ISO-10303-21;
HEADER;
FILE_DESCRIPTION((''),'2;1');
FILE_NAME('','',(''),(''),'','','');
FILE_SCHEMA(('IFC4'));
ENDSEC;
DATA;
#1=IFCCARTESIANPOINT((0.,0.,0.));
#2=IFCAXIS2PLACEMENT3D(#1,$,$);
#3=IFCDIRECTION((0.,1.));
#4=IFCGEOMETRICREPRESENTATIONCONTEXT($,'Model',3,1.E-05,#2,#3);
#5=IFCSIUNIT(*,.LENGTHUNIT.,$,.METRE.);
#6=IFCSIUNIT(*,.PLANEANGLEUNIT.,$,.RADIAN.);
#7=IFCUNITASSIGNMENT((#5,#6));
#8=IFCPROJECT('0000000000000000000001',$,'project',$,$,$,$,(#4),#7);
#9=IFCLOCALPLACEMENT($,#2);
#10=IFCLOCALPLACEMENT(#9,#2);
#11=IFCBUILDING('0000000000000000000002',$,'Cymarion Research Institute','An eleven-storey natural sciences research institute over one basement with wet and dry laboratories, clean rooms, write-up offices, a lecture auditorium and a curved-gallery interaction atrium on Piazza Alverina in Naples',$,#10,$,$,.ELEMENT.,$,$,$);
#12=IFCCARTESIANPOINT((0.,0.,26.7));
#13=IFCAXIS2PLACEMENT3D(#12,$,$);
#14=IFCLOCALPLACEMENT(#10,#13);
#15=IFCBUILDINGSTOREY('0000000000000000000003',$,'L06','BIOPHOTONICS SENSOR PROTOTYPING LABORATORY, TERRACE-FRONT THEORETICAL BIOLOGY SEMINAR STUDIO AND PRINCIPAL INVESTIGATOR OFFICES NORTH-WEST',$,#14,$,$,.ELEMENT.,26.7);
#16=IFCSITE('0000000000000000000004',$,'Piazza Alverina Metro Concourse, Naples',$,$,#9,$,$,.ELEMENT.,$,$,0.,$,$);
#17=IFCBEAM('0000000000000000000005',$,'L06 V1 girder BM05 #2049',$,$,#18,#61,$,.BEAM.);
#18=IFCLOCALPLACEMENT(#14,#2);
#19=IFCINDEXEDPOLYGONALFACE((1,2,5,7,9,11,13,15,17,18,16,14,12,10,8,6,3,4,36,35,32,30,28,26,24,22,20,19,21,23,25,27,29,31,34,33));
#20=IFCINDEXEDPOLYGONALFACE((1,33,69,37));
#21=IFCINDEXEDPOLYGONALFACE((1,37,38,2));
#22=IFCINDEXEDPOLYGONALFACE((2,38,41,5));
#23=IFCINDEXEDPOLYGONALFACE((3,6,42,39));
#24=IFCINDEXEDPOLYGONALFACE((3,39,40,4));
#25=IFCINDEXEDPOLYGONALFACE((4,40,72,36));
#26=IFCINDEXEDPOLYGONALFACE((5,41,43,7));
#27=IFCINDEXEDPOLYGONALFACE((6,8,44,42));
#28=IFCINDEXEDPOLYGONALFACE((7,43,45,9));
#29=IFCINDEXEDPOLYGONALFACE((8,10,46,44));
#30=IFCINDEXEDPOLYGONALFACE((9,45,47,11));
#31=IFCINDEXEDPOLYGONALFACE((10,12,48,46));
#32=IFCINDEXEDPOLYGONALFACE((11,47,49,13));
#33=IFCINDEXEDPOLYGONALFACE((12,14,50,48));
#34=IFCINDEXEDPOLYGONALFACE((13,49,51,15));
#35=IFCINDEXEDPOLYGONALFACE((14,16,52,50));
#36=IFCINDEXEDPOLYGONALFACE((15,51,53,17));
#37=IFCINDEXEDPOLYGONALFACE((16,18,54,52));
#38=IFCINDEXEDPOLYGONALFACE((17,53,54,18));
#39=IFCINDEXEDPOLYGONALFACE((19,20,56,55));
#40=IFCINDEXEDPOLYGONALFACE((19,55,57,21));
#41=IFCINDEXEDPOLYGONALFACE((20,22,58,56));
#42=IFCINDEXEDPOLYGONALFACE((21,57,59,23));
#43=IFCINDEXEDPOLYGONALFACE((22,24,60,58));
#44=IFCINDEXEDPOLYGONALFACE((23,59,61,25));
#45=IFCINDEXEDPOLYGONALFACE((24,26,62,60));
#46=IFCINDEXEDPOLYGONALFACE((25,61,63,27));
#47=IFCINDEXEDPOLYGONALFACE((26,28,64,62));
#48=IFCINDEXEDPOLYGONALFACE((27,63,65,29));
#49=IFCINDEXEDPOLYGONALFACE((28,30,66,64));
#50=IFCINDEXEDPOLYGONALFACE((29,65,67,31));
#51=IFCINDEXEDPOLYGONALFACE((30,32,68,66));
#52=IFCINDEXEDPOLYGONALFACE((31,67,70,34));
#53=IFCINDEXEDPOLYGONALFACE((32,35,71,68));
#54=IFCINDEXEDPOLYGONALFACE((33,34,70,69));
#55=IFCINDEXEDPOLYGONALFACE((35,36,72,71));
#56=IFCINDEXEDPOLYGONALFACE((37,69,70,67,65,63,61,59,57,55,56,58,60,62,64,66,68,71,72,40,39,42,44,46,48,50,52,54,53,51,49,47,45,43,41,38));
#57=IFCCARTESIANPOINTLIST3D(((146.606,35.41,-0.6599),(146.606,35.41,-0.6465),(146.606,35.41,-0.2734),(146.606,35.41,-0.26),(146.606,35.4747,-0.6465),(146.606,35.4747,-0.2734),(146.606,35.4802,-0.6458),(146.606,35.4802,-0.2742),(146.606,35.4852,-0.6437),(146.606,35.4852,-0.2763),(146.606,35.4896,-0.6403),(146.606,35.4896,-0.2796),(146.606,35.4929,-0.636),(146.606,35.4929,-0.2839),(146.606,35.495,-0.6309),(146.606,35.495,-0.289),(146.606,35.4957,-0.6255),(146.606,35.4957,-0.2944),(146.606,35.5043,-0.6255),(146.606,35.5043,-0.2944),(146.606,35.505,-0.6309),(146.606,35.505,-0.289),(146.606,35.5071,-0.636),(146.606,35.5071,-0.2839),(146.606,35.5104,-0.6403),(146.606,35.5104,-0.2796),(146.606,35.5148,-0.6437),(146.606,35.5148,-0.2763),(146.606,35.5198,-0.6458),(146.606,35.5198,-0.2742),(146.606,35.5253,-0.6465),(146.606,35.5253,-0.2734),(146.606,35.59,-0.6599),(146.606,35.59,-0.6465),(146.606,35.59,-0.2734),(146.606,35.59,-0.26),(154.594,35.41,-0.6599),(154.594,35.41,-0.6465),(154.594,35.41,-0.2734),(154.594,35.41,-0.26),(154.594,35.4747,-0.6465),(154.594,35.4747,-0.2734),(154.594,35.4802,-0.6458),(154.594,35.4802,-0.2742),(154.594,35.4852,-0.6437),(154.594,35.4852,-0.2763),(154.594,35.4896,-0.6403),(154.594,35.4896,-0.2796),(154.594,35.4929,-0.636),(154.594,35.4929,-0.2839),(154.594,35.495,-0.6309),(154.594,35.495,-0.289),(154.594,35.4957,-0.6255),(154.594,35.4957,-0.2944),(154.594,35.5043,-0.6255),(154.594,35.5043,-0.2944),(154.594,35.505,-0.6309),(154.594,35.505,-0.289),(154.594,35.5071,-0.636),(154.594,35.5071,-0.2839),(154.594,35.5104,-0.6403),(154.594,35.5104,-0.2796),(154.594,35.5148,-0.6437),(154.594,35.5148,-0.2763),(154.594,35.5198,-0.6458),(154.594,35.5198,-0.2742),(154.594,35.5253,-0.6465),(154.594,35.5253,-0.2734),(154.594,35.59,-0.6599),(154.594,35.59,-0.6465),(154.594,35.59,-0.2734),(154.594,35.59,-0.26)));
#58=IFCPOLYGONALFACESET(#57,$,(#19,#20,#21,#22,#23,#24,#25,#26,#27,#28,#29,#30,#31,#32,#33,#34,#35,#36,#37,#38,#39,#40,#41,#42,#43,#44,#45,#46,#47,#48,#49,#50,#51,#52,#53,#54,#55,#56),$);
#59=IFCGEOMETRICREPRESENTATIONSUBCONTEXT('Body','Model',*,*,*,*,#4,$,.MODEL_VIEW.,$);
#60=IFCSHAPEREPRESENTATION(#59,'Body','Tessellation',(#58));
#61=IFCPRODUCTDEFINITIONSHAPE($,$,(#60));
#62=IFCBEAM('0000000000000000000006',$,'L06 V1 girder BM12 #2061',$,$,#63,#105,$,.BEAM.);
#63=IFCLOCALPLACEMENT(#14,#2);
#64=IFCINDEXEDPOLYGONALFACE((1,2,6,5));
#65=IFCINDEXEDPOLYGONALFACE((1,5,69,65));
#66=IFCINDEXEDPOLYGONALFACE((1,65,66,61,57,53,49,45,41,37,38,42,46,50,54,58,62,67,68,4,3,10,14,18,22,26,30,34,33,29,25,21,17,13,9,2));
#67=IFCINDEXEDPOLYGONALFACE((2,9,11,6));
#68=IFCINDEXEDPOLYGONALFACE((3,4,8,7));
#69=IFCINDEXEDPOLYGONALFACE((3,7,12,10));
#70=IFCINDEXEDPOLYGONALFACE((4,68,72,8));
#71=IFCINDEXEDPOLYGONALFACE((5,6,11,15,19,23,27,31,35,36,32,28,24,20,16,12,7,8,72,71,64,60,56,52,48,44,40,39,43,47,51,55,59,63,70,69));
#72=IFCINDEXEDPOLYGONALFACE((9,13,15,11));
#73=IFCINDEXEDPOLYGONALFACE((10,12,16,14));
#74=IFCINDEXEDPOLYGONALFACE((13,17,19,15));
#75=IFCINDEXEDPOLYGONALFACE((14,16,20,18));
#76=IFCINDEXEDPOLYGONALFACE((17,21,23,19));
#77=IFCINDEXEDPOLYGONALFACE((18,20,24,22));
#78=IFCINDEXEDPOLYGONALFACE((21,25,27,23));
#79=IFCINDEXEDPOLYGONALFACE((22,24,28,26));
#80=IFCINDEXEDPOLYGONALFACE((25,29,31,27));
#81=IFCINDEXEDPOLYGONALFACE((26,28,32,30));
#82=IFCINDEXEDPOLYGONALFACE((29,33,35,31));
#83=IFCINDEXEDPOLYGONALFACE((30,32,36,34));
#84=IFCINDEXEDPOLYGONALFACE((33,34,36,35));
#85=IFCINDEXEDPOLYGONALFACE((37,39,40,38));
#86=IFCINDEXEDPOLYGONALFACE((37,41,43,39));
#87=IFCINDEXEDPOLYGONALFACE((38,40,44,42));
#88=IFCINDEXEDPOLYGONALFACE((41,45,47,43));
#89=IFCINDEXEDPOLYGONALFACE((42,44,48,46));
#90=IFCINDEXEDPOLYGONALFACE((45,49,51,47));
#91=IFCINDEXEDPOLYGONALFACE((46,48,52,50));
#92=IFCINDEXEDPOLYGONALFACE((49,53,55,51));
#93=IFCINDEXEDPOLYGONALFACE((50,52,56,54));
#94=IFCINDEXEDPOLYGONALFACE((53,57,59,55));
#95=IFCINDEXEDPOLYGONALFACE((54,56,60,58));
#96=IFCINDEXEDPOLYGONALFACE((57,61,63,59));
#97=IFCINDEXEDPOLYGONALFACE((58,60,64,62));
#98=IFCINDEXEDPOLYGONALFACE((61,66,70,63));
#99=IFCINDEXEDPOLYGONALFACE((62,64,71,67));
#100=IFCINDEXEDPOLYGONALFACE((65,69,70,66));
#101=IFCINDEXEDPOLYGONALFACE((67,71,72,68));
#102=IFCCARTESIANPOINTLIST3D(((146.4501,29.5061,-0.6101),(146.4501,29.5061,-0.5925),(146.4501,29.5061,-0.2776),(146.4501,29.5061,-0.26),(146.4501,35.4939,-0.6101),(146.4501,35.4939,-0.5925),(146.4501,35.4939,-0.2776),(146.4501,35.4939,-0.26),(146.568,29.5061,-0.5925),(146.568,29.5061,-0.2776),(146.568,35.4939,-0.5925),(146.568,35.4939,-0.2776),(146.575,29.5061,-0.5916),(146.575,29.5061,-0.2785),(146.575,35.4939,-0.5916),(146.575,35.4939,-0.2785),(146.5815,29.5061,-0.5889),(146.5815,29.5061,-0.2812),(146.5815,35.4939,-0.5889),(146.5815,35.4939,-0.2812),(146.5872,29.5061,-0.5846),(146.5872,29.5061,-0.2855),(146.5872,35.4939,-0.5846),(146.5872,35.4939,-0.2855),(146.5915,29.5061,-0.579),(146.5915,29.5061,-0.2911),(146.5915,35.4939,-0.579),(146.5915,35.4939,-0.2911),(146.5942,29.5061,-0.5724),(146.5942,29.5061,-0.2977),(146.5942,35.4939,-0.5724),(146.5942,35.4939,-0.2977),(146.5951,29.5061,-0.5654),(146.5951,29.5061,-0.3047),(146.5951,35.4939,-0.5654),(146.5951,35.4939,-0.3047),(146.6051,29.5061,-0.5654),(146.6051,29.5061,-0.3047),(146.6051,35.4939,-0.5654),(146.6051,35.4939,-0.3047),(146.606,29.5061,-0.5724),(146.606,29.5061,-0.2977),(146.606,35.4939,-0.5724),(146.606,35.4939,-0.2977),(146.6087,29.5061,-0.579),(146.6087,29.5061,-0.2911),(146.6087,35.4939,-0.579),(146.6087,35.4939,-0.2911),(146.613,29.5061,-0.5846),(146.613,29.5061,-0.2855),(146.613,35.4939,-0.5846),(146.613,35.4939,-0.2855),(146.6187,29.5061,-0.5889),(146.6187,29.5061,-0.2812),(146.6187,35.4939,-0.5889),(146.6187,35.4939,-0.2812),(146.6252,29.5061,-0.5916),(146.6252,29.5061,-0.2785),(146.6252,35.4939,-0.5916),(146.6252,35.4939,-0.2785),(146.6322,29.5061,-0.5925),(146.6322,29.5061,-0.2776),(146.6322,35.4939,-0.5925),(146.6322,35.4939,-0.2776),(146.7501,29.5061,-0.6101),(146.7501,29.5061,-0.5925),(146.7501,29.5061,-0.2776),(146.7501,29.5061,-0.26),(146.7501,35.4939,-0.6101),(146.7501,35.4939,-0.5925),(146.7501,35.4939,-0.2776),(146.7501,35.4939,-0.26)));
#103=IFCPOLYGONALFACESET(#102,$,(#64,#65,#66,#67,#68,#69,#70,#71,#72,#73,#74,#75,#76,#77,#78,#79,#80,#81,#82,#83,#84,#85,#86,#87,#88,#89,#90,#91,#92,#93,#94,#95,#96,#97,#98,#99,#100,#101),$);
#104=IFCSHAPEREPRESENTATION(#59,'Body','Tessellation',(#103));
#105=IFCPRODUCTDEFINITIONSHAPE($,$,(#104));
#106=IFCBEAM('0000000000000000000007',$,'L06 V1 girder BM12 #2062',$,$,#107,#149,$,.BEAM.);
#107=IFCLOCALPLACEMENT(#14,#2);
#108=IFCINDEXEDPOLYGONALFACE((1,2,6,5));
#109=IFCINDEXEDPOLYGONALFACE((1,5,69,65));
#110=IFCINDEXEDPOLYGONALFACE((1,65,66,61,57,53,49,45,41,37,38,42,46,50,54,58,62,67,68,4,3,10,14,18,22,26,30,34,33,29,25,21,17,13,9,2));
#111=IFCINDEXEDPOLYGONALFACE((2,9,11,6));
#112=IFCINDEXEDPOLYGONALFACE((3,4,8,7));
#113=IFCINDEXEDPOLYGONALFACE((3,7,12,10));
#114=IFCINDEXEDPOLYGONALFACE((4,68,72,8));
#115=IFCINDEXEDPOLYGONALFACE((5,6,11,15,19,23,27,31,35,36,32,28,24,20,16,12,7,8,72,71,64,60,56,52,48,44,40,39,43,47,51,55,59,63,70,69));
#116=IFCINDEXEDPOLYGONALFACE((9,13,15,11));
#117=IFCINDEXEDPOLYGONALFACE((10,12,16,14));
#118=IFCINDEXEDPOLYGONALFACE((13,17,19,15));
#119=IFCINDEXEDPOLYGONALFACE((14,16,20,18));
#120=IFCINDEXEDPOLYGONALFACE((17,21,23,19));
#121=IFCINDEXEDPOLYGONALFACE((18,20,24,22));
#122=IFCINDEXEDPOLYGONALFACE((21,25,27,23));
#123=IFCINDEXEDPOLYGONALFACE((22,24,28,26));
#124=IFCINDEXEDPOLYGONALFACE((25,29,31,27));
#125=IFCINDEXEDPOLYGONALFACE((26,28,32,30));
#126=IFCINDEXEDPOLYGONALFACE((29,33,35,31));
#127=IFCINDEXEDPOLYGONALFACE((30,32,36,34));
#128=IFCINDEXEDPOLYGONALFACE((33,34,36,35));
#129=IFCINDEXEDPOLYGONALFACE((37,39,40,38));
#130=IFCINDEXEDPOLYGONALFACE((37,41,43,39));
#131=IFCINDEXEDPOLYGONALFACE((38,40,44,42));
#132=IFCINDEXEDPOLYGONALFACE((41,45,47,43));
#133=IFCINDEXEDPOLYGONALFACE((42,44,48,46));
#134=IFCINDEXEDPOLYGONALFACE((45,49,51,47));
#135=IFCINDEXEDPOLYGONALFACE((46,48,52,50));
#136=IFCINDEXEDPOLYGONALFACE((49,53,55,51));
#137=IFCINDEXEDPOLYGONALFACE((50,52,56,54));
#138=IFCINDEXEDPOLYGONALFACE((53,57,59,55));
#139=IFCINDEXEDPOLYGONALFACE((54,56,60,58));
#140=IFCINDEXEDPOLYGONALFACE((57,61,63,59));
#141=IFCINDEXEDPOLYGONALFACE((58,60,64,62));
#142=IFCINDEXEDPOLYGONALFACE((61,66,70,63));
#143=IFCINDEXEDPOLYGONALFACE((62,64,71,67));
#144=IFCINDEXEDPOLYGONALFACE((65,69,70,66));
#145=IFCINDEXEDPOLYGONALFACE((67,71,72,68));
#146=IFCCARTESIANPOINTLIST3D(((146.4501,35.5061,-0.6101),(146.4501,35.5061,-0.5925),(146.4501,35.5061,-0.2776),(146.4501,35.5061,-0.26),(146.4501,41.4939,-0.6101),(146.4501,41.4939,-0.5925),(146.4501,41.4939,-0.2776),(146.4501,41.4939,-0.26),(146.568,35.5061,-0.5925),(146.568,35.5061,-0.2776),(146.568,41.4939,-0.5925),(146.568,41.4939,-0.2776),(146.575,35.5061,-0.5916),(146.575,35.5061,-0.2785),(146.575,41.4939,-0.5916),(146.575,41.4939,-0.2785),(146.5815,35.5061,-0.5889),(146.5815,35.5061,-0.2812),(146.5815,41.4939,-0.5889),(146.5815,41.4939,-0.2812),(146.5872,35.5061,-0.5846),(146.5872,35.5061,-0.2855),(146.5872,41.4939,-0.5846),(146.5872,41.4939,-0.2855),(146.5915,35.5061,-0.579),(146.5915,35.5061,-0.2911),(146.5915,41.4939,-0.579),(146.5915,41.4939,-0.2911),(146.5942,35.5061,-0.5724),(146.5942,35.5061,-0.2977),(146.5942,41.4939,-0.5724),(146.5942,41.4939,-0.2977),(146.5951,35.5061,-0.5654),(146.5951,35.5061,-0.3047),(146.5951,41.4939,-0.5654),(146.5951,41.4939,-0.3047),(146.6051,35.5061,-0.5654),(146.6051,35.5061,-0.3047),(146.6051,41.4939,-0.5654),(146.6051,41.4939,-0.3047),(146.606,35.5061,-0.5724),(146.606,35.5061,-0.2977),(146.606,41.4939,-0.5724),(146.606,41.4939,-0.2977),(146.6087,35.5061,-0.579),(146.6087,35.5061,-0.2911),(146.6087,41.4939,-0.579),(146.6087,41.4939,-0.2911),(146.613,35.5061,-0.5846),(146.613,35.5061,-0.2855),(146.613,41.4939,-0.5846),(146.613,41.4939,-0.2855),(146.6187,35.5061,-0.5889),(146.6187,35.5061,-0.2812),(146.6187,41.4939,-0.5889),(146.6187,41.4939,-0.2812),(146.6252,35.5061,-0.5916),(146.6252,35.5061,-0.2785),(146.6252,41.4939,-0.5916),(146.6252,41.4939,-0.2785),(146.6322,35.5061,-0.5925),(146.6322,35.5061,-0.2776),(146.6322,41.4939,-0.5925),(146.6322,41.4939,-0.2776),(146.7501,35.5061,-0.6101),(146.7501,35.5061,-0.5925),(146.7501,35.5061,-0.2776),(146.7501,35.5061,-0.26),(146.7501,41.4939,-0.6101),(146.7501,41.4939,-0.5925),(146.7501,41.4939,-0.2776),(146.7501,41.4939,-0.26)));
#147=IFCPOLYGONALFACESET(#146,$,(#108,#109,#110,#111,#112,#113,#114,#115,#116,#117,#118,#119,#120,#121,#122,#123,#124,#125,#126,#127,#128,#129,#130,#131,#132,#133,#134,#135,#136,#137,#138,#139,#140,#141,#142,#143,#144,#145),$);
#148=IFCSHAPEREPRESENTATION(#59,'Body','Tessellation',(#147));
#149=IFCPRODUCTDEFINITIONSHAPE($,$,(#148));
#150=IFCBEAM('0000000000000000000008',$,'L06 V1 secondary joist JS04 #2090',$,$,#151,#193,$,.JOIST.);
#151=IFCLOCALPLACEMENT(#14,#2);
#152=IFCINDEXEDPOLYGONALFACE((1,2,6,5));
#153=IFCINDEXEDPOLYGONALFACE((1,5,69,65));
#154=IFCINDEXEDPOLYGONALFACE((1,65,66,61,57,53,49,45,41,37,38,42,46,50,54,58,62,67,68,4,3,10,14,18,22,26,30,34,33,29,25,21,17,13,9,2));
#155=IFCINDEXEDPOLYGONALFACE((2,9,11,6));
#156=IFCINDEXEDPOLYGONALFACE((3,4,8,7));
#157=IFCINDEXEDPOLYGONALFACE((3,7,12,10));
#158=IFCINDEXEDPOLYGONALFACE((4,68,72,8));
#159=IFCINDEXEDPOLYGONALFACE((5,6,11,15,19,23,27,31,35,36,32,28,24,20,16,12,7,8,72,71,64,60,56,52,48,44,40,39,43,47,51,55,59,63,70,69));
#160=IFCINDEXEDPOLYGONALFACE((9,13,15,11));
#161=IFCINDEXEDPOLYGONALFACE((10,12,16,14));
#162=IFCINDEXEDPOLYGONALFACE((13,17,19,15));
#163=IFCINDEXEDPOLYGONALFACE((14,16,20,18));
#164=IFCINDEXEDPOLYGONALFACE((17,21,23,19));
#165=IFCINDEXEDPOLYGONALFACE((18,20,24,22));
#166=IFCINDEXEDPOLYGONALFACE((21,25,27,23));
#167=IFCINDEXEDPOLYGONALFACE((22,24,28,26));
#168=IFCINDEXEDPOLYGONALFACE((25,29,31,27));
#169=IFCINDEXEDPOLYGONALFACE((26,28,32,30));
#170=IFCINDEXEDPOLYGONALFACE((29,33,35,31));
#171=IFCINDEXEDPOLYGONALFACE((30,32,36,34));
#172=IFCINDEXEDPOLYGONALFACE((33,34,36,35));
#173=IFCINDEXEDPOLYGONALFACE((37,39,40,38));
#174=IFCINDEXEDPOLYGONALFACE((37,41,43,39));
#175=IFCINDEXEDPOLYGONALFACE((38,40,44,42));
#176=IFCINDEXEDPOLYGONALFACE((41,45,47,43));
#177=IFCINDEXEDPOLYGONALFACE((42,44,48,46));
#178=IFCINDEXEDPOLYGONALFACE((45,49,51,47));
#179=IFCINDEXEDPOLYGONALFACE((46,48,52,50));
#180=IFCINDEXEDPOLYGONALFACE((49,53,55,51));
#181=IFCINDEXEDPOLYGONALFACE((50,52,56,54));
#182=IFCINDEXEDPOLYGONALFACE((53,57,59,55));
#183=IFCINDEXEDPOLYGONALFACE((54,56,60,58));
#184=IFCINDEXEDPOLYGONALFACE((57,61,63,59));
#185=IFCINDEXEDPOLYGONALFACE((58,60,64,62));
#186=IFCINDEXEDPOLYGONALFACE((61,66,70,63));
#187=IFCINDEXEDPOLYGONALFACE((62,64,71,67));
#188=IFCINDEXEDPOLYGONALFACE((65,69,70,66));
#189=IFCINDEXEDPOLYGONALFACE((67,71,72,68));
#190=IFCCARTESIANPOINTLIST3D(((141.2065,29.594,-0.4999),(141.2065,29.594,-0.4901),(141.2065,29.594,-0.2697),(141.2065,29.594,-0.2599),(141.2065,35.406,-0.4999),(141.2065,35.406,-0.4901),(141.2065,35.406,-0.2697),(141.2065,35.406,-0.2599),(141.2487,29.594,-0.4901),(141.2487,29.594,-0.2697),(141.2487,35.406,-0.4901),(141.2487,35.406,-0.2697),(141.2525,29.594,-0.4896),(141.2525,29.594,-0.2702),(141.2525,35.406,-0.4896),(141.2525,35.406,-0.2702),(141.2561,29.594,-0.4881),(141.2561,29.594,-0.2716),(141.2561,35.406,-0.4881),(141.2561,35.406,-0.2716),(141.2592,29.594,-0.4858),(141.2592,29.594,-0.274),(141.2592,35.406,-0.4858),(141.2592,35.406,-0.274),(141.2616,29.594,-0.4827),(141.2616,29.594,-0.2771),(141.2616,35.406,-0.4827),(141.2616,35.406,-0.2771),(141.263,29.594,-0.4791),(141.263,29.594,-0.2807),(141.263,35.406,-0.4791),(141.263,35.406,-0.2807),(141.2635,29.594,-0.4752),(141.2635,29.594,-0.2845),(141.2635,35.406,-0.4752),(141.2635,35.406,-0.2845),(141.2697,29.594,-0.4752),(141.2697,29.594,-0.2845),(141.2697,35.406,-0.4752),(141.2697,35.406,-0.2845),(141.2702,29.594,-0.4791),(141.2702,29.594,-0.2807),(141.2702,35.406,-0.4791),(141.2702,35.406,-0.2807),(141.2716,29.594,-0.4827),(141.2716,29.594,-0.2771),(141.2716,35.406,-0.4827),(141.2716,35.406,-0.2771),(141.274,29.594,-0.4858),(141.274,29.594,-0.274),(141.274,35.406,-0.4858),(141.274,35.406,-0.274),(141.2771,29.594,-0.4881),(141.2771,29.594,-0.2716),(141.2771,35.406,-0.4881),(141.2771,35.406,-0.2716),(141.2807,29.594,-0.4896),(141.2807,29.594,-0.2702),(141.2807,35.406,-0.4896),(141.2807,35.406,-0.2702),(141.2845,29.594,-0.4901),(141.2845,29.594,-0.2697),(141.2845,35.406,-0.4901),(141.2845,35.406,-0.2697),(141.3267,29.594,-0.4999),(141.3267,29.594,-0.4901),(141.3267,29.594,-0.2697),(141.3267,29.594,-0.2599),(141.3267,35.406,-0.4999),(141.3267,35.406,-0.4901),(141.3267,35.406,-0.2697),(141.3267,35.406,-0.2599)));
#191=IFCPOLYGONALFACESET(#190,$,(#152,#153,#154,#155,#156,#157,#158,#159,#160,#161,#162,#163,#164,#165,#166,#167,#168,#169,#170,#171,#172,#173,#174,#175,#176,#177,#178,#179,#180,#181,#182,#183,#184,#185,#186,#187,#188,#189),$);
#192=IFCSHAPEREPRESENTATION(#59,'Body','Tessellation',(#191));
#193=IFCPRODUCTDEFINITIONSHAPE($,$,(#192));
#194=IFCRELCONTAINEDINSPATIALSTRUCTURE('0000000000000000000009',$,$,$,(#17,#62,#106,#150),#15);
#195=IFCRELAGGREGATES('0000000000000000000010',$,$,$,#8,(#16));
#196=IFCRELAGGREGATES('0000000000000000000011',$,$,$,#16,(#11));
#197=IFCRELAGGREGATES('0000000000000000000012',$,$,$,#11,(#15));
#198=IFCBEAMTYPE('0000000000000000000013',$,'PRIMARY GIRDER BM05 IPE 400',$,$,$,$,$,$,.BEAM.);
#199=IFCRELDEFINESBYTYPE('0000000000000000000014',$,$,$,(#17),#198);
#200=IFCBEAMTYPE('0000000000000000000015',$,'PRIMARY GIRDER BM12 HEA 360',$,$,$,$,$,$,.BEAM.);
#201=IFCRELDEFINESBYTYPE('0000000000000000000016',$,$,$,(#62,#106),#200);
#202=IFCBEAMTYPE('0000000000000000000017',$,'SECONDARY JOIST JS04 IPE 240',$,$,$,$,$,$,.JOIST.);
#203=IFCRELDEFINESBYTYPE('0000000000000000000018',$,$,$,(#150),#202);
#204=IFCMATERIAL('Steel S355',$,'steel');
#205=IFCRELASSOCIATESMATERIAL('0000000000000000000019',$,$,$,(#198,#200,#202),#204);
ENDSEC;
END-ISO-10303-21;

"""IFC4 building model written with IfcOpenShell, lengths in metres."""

from ifc_helpers import new_model, si_unit, direction, frame, origin, origin_2d, place, context, subcontext, project, spatial, i_section, extrude, material, material_profile, profile_set, type_object, element, save


model = new_model("IFC4")

# Units and contexts
model_context = context("Model", 3, precision=1e-05, world=origin(), true_north=direction((0.0, 1.0)))
body_context = subcontext(model_context, "Body", "Model", "MODEL_VIEW")
ifc_project = project(units=[si_unit("LENGTHUNIT", "METRE"), si_unit("PLANEANGLEUNIT", "RADIAN")], contexts=[model_context])

# Site, building, storey
site_placement = place(None, origin())
site = spatial("IfcSite", under=ifc_project, at=site_placement, Name="Piazza Alverina Metro Concourse, Naples", CompositionType="ELEMENT", RefElevation=0.0)
building_placement = place(site_placement, origin())
building = spatial("IfcBuilding", under=site, at=building_placement, Name="Cymarion Research Institute", Description="An eleven-storey natural sciences research institute over one basement with wet and dry laboratories, clean rooms, write-up offices, a lecture auditorium and a curved-gallery interaction atrium on Piazza Alverina in Naples", CompositionType="ELEMENT")
storey_placement = place(building_placement, frame((0.0, 0.0, 26.7)))
storey = spatial("IfcBuildingStorey", under=building, at=storey_placement, Name="L06", Description="BIOPHOTONICS SENSOR PROTOTYPING LABORATORY, TERRACE-FRONT THEORETICAL BIOLOGY SEMINAR STUDIO AND PRINCIPAL INVESTIGATOR OFFICES NORTH-WEST", CompositionType="ELEMENT", Elevation=26.7)

# Shared definitions
ifc_material_1 = material(Name="Steel S355", Category="steel")

# Beams
ifc_material_profile_1 = material_profile(ifc_material_1, i_section(OverallWidth=0.1799, OverallDepth=0.3999, WebThickness=0.0085, FlangeThickness=0.0134, FilletRadius=0.021, at=origin_2d()), Name="IPE 400")
ifc_profile_set_1 = profile_set([ifc_material_profile_1], Name="Steel S355")
beam_type_1 = type_object("IfcBeamType", Name="PRIMARY GIRDER BM05 IPE 400", PredefinedType="BEAM", material=ifc_profile_set_1)
for number, where, z_axis, x_axis, name in (
    (1, (146.606, 35.5, -0.46), (1.0, 0.0, 0.0), (0.0, 1.0, 0.0), "L06 V1 girder BM05 #2049"),
):
    element("IfcBeam", number, at=place(storey_placement, frame(where, z_axis=z_axis, x_axis=x_axis)), inside=storey, type_object=beam_type_1, Name=name, PredefinedType="BEAM", context=body_context, shape_type="SweptSolid", body=[
        extrude(i_section(OverallWidth=0.1799, OverallDepth=0.3999, WebThickness=0.0085, FlangeThickness=0.0134, FilletRadius=0.021, at=origin_2d()), origin(), (0.0, 0.0, 1.0), 7.988),
    ])
ifc_material_profile_2 = material_profile(ifc_material_1, i_section(OverallWidth=0.3, OverallDepth=0.3501, WebThickness=0.01, FlangeThickness=0.0176, FilletRadius=0.0271, at=origin_2d()), Name="HEA 360")
ifc_profile_set_2 = profile_set([ifc_material_profile_2], Name="Steel S355")
beam_type_2 = type_object("IfcBeamType", Name="PRIMARY GIRDER BM12 HEA 360", PredefinedType="BEAM", material=ifc_profile_set_2)
for number, where, z_axis, x_axis, name in (
    (2, (146.6001, 29.5061, -0.4351), (0.0, 1.0, 0.0), (-1.0, 0.0, 0.0), "L06 V1 girder BM12 #2061"),
    (3, (146.6001, 35.5061, -0.4351), (0.0, 1.0, 0.0), (-1.0, 0.0, 0.0), "L06 V1 girder BM12 #2062"),
):
    element("IfcBeam", number, at=place(storey_placement, frame(where, z_axis=z_axis, x_axis=x_axis)), inside=storey, type_object=beam_type_2, Name=name, PredefinedType="BEAM", context=body_context, shape_type="SweptSolid", body=[
        extrude(i_section(OverallWidth=0.3, OverallDepth=0.3501, WebThickness=0.01, FlangeThickness=0.0176, FilletRadius=0.0271, at=origin_2d()), origin(), (0.0, 0.0, 1.0), 5.9878),
    ])
ifc_material_profile_3 = material_profile(ifc_material_1, i_section(OverallWidth=0.1201, OverallDepth=0.24, WebThickness=0.0061, FlangeThickness=0.0098, FilletRadius=0.0149, at=origin_2d()), Name="IPE 240")
ifc_profile_set_3 = profile_set([ifc_material_profile_3], Name="Steel S355")
beam_type_3 = type_object("IfcBeamType", Name="SECONDARY JOIST JS04 IPE 240", PredefinedType="JOIST", material=ifc_profile_set_3)
for number, where, z_axis, x_axis, name in (
    (4, (141.2666, 29.594, -0.3799), (0.0, 1.0, 0.0), (-1.0, 0.0, 0.0), "L06 V1 secondary joist JS04 #2090"),
):
    element("IfcBeam", number, at=place(storey_placement, frame(where, z_axis=z_axis, x_axis=x_axis)), inside=storey, type_object=beam_type_3, Name=name, PredefinedType="JOIST", context=body_context, shape_type="SweptSolid", body=[
        extrude(i_section(OverallWidth=0.1201, OverallDepth=0.24, WebThickness=0.0061, FlangeThickness=0.0098, FilletRadius=0.0149, at=origin_2d()), origin(), (0.0, 0.0, 1.0), 5.812),
    ])

save(model, "model.ifc")
